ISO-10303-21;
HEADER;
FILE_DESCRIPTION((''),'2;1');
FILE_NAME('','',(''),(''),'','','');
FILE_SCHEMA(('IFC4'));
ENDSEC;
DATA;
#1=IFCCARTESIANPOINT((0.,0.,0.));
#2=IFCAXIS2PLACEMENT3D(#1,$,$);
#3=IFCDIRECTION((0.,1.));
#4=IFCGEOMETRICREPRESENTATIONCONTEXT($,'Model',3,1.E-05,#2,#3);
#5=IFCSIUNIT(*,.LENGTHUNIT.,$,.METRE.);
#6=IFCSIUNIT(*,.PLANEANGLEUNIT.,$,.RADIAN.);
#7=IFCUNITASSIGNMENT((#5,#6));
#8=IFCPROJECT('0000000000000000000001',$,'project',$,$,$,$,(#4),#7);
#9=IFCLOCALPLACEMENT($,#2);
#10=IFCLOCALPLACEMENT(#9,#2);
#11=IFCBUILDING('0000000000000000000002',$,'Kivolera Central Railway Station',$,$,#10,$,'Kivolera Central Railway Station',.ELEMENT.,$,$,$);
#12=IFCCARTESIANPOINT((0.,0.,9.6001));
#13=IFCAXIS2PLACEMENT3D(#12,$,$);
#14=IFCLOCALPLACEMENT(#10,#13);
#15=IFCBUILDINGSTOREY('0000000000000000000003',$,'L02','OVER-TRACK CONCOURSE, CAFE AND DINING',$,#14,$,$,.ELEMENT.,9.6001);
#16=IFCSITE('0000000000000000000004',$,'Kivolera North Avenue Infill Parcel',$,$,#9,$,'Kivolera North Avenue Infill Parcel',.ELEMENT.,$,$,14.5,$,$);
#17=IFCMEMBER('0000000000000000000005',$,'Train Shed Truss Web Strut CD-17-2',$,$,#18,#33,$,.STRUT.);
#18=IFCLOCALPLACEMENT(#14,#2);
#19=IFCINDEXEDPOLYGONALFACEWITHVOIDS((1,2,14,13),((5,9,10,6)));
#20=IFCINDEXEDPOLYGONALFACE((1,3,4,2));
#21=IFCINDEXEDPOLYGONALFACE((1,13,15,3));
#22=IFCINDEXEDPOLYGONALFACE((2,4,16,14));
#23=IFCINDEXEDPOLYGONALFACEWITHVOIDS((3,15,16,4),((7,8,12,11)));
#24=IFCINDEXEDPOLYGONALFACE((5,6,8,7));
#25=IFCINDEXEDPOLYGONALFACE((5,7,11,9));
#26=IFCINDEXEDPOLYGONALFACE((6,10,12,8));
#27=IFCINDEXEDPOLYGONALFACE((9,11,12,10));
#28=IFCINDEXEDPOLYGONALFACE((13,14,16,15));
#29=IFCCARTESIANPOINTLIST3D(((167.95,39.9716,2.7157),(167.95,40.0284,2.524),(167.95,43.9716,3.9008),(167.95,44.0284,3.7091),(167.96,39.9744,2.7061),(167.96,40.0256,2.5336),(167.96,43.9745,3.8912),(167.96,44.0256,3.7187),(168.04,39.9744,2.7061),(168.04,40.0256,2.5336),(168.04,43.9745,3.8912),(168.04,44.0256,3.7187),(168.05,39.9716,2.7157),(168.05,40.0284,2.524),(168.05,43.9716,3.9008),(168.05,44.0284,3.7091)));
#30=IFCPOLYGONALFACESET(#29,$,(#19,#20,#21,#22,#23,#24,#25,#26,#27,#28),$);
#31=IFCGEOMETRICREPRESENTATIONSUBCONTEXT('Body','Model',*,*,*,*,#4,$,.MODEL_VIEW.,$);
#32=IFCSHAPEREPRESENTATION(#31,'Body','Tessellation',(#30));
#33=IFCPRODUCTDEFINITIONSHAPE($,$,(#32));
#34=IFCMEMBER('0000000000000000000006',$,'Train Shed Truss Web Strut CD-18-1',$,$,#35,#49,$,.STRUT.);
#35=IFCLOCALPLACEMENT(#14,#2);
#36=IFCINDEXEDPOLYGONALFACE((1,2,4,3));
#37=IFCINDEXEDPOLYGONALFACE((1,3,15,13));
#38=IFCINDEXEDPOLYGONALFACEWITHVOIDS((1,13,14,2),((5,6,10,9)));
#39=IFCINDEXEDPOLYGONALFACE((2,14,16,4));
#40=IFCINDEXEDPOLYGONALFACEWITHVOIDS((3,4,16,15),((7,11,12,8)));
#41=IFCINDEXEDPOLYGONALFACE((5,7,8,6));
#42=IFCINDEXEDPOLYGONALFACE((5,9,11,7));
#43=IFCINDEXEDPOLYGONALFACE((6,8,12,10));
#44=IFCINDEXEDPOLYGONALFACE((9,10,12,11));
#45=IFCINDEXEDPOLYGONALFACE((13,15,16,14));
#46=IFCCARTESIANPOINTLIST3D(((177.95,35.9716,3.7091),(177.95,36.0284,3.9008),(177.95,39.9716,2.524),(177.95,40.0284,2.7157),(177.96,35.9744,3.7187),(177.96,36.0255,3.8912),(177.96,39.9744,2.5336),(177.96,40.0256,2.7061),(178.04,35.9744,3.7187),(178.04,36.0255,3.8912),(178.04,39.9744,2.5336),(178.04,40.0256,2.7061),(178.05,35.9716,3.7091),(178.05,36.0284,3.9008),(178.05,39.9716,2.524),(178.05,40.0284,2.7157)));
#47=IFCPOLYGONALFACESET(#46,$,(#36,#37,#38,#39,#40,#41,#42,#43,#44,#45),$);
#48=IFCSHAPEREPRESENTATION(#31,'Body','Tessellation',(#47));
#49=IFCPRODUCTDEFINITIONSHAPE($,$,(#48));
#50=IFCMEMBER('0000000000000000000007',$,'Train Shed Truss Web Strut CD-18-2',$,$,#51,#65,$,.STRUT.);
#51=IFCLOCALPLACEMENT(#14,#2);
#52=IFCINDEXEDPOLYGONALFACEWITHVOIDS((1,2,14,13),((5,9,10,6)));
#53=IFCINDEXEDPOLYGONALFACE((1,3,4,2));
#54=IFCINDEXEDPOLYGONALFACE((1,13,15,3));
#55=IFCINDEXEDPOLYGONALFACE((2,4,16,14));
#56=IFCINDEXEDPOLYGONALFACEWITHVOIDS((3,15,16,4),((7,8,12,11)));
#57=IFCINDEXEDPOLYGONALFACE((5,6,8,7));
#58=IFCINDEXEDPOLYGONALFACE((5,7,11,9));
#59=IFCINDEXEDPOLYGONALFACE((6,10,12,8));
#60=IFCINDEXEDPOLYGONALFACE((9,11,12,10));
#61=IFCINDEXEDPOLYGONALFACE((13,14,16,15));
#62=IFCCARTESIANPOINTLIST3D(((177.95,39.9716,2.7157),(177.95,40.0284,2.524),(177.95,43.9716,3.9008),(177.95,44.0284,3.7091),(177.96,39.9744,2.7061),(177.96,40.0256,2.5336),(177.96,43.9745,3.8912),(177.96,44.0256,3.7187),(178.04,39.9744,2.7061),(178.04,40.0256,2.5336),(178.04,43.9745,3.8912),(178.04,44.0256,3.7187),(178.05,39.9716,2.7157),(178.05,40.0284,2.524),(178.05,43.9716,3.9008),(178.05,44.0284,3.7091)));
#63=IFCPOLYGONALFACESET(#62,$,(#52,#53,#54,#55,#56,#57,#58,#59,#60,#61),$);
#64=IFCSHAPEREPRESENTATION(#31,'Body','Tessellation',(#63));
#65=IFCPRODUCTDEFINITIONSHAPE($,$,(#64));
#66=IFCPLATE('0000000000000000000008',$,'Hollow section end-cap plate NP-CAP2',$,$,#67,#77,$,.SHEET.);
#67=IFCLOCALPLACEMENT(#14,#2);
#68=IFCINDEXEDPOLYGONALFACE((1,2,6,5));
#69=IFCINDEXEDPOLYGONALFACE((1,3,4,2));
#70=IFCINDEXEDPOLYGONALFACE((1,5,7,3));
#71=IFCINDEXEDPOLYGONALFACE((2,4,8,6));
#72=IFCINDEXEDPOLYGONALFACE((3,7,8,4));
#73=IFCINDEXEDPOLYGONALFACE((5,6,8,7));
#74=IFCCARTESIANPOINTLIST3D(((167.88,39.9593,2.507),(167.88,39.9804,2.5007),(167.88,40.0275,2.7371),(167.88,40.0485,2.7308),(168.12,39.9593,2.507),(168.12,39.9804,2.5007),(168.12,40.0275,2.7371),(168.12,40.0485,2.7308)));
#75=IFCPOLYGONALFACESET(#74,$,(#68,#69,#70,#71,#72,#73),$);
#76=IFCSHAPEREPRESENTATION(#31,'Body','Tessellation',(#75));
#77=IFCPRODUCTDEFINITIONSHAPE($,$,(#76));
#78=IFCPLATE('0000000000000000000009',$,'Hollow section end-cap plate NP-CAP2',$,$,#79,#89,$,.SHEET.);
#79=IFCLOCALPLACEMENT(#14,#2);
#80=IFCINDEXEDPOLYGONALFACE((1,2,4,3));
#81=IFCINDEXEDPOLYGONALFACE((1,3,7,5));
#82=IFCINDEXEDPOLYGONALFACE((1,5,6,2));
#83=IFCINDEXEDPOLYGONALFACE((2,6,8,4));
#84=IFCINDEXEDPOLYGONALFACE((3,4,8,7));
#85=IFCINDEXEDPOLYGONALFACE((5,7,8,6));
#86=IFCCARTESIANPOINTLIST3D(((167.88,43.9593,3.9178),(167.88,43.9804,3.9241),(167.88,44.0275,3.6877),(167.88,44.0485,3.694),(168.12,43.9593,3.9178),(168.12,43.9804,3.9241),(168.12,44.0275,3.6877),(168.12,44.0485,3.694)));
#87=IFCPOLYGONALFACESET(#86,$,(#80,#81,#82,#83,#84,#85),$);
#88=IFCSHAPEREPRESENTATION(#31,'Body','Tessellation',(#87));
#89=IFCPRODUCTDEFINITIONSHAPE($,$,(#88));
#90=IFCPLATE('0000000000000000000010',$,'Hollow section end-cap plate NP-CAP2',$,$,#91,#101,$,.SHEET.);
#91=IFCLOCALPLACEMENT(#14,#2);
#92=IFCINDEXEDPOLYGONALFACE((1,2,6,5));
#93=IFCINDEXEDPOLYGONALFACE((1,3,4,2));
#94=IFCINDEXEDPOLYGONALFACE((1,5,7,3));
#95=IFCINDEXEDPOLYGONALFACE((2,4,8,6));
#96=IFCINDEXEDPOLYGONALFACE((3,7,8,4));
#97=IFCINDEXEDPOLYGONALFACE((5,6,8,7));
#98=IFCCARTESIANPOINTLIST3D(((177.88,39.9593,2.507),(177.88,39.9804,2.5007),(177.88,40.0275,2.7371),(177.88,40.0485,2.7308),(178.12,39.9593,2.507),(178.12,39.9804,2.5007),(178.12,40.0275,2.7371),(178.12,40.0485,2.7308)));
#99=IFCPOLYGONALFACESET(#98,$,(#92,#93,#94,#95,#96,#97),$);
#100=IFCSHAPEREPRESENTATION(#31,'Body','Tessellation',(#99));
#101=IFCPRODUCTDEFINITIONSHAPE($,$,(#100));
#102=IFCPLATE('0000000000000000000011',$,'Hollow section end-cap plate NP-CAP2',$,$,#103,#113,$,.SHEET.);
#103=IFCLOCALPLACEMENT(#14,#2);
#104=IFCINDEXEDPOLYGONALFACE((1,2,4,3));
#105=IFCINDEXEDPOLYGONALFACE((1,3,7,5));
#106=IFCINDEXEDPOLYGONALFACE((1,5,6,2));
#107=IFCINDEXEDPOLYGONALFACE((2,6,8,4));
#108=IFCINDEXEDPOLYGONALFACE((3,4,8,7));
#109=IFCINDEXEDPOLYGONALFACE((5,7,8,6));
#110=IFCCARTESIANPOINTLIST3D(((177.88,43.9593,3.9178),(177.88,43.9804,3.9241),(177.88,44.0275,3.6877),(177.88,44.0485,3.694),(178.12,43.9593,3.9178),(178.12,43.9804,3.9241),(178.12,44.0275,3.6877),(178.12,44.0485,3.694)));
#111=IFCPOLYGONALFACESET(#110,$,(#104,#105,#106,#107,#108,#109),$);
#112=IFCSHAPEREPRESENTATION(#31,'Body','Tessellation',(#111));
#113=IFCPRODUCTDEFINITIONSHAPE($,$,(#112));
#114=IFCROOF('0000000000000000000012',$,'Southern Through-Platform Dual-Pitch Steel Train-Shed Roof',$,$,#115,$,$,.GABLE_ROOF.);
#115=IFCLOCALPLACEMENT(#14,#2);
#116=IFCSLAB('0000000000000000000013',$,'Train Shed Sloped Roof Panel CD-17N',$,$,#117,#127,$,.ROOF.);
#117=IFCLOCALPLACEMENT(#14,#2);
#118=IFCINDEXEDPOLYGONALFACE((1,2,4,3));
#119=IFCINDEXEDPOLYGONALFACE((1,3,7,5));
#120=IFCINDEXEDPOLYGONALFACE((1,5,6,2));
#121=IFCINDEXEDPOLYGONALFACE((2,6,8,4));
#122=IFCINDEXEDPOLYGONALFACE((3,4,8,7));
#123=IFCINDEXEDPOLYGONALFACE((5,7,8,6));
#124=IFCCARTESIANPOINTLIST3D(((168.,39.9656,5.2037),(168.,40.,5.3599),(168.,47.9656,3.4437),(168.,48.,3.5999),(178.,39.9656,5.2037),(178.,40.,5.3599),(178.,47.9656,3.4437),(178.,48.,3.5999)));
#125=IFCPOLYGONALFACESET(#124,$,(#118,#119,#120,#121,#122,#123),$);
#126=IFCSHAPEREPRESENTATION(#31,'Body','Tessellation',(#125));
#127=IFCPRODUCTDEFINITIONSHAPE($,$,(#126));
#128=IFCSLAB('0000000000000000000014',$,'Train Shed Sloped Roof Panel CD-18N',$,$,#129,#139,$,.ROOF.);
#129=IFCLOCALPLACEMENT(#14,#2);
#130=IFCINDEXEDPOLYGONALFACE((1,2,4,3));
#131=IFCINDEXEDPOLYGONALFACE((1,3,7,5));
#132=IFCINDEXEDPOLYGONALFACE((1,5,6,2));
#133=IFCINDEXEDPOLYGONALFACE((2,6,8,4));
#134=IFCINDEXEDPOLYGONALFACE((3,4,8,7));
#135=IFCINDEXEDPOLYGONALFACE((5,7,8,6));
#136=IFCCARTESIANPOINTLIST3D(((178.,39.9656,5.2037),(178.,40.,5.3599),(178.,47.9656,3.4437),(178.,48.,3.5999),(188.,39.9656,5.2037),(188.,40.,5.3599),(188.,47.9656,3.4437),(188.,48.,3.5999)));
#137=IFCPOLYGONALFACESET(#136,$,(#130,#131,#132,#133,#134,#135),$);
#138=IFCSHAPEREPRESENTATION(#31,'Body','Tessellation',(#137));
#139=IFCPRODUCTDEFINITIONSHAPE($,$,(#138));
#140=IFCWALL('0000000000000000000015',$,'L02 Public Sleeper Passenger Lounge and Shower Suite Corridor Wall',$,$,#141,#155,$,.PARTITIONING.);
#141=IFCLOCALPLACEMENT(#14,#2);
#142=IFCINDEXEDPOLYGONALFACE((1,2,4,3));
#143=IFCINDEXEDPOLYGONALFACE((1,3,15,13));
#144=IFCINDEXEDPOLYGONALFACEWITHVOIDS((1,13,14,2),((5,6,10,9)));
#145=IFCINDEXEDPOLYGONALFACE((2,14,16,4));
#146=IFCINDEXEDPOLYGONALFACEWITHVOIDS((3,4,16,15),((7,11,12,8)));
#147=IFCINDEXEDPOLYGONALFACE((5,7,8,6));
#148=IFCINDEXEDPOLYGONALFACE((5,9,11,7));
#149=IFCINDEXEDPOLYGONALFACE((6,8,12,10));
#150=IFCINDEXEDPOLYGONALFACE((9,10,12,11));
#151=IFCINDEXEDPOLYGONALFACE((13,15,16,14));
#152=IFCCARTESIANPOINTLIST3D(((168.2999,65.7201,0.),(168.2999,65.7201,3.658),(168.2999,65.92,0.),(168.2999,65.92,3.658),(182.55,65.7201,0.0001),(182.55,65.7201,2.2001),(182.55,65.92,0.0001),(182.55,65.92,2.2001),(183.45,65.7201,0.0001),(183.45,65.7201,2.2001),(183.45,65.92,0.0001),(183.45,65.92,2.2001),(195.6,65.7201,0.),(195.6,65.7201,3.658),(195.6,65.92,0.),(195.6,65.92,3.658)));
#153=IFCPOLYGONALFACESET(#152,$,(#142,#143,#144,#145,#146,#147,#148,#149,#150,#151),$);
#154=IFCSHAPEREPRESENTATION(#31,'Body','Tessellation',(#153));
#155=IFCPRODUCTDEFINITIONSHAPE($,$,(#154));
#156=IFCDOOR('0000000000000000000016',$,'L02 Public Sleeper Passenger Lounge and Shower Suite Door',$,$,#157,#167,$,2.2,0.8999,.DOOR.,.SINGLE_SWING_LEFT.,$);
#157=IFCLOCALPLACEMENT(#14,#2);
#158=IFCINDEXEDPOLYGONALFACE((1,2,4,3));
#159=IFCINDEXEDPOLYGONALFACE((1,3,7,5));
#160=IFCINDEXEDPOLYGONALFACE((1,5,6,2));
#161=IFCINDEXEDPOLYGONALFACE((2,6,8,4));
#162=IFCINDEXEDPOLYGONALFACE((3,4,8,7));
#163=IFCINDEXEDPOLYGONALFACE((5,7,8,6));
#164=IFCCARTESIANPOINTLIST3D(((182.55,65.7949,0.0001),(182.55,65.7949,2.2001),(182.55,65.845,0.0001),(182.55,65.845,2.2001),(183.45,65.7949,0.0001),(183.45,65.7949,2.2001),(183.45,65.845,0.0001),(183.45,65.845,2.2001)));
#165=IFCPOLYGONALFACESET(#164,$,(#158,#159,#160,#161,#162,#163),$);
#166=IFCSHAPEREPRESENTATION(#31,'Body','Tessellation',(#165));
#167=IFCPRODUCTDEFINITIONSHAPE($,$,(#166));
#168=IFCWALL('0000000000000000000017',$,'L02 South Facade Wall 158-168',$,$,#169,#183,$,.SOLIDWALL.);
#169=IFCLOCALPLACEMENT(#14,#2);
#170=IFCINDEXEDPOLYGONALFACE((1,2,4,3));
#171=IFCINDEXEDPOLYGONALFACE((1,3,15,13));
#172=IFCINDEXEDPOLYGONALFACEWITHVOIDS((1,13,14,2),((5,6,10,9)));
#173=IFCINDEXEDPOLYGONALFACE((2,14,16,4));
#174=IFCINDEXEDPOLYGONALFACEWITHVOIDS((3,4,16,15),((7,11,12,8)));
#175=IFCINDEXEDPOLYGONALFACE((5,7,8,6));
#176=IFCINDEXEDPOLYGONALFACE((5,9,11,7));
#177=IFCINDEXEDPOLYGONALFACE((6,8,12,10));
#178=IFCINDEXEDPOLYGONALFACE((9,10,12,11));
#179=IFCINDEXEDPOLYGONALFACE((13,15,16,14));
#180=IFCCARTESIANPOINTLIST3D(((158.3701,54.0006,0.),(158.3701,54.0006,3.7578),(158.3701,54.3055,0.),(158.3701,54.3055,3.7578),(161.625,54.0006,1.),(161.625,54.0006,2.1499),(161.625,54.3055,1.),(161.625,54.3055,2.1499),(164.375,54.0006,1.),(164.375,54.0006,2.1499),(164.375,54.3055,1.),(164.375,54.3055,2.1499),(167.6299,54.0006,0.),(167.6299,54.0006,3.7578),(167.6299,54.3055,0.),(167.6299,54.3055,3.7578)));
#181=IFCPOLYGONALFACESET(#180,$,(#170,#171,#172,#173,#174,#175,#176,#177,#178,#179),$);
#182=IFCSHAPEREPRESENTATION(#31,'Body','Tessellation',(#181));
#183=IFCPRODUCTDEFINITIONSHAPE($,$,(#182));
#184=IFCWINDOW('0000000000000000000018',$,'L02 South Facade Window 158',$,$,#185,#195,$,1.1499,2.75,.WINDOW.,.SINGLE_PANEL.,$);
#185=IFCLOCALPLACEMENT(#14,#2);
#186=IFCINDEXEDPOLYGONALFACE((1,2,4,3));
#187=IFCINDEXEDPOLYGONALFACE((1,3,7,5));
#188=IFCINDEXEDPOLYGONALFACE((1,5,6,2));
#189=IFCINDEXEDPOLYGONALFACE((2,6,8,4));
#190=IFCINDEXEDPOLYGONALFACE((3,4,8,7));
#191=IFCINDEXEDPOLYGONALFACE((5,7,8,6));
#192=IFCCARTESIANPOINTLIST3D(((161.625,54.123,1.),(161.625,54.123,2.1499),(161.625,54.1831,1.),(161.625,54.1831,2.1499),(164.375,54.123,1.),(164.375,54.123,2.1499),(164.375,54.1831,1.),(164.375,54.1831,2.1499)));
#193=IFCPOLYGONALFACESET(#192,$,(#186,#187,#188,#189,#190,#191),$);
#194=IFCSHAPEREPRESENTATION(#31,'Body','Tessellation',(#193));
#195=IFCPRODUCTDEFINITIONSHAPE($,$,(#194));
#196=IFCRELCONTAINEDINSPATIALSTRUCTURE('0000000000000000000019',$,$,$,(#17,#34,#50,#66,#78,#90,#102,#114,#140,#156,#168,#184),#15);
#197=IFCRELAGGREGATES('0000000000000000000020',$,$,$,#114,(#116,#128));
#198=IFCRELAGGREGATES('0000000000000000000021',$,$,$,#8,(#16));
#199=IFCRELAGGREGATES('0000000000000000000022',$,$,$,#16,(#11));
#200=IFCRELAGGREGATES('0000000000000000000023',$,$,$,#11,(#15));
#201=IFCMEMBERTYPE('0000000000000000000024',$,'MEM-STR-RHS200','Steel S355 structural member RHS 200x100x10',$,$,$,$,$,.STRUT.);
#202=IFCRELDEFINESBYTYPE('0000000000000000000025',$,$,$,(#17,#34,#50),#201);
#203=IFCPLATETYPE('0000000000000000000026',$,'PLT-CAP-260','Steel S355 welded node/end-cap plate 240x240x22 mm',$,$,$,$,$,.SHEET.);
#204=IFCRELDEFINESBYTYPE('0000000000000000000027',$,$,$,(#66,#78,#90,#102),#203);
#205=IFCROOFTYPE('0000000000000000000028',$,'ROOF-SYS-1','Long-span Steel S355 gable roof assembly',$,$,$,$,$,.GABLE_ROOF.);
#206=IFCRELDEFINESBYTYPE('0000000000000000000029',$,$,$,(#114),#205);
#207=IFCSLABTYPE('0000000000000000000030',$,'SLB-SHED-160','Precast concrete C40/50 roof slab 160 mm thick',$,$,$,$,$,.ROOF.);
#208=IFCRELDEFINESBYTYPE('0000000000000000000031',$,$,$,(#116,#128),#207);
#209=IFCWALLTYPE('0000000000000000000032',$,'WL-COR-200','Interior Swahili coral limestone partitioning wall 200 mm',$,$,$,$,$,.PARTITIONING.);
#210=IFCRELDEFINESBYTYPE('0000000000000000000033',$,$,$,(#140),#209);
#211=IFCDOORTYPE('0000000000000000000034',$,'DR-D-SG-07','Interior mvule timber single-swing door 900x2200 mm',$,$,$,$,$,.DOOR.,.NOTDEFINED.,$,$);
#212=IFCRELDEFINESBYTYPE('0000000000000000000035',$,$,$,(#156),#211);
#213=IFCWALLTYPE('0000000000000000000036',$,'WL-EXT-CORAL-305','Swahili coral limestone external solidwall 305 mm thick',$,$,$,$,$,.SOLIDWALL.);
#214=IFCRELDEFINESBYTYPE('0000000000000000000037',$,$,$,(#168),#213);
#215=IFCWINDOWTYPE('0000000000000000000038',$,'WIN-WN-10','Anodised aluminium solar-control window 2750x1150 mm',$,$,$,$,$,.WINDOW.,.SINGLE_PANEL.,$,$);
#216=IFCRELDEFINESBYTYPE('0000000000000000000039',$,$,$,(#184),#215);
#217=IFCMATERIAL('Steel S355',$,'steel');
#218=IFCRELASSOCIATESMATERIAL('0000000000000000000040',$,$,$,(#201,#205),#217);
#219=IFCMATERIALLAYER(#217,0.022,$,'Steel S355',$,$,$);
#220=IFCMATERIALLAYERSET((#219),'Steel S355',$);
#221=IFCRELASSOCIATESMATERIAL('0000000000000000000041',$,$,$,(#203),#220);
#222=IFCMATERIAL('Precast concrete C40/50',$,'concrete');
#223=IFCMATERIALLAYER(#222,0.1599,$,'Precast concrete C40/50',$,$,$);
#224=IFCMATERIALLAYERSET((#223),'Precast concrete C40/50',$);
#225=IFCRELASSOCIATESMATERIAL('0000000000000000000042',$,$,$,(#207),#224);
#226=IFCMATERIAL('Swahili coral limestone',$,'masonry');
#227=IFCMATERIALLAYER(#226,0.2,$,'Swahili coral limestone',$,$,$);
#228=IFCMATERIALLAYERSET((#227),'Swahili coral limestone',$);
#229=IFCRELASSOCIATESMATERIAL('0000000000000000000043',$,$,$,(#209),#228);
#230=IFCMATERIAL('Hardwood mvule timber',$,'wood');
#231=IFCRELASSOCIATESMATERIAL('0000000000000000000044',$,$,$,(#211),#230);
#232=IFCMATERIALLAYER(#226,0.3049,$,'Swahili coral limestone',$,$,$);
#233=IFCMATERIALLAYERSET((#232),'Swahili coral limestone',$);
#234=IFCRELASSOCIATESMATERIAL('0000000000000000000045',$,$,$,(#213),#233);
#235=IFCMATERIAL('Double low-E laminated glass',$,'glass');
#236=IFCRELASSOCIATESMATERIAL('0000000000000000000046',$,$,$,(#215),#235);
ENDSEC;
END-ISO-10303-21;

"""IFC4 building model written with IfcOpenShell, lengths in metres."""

from ifc_helpers import new_model, si_unit, direction, frame, frame_2d, origin, origin_2d, place, context, subcontext, project, spatial, polyline, rectangle, hollow_rectangle, outline, extrude, material, layer, layer_set, material_profile, profile_set, type_object, element, fill, aggregate, save


model = new_model("IFC4")

# Units and contexts
model_context = context("Model", 3, precision=1e-05, world=origin(), true_north=direction((0.0, 1.0)))
body_context = subcontext(model_context, "Body", "Model", "MODEL_VIEW")
ifc_project = project(units=[si_unit("LENGTHUNIT", "METRE"), si_unit("PLANEANGLEUNIT", "RADIAN")], contexts=[model_context])

# Site, building, storey
site_placement = place(None, origin())
site = spatial("IfcSite", under=ifc_project, at=site_placement, Name="Kivolera North Avenue Infill Parcel", LongName="Kivolera North Avenue Infill Parcel", CompositionType="ELEMENT", RefElevation=14.5)
building_placement = place(site_placement, origin())
building = spatial("IfcBuilding", under=site, at=building_placement, Name="Kivolera Central Railway Station", LongName="Kivolera Central Railway Station", CompositionType="ELEMENT")
storey_placement = place(building_placement, frame((0.0, 0.0, 9.6001)))
storey = spatial("IfcBuildingStorey", under=building, at=storey_placement, Name="L02", Description="OVER-TRACK CONCOURSE, CAFE AND DINING", CompositionType="ELEMENT", Elevation=9.6001)

# Shared definitions
ifc_material_1 = material(Name="Steel S355", Category="steel")

# Members
ifc_material_profile_1 = material_profile(ifc_material_1, hollow_rectangle(XDim=0.1001, YDim=0.2, WallThickness=0.01, at=origin_2d()), Name="RHS 200x100x10")
ifc_profile_set_1 = profile_set([ifc_material_profile_1], Name="Steel S355")
member_type_1 = type_object("IfcMemberType", Name="MEM-STR-RHS200", Description="Steel S355 structural member RHS 200x100x10", PredefinedType="STRUT", material=ifc_profile_set_1)
for number, where, z_axis, x_axis, name in (
    (1, (168.0, 40.0, 2.6199), (0.0, 0.958806, 0.28406), (-1.0, 0.0, 0.0), "Train Shed Truss Web Strut CD-17-2"),
    (2, (178.0, 40.0, 2.6199), (0.0, -0.958806, 0.28406), (1.0, 0.0, 0.0), "Train Shed Truss Web Strut CD-18-1"),
    (3, (178.0, 40.0, 2.6199), (0.0, 0.958806, 0.28406), (-1.0, 0.0, 0.0), "Train Shed Truss Web Strut CD-18-2"),
):
    element("IfcMember", number, at=place(storey_placement, frame(where, z_axis=z_axis, x_axis=x_axis)), inside=storey, type_object=member_type_1, Name=name, PredefinedType="STRUT", context=body_context, shape_type="SweptSolid", body=[
        extrude(hollow_rectangle(XDim=0.1001, YDim=0.2, WallThickness=0.01, at=origin_2d()), origin(), (0.0, 0.0, 1.0), 4.1719),
    ])

# Plates
ifc_layer_1 = layer(ifc_material_1, 0.022, Name="Steel S355")
ifc_layer_set_1 = layer_set([ifc_layer_1], Name="Steel S355")
plate_type = type_object("IfcPlateType", Name="PLT-CAP-260", Description="Steel S355 welded node/end-cap plate 240x240x22 mm", PredefinedType="SHEET", material=ifc_layer_set_1)
for number, where, z_axis, x_axis, name in (
    (4, (168.0, 40.0039, 2.6189), (0.0, -0.95881, 0.284048), (1.0, 0.0, 0.0), "Hollow section end-cap plate NP-CAP2"),
    (5, (168.0, 44.0039, 3.8059), (0.0, 0.95881, 0.284048), (-1.0, 0.0, 0.0), "Hollow section end-cap plate NP-CAP2"),
    (6, (178.0, 40.0039, 2.6189), (0.0, -0.95881, 0.284048), (1.0, 0.0, 0.0), "Hollow section end-cap plate NP-CAP2"),
    (7, (178.0, 44.0039, 3.8059), (0.0, 0.95881, 0.284048), (-1.0, 0.0, 0.0), "Hollow section end-cap plate NP-CAP2"),
):
    element("IfcPlate", number, at=place(storey_placement, frame(where, z_axis=z_axis, x_axis=x_axis)), inside=storey, type_object=plate_type, Name=name, PredefinedType="SHEET", context=body_context, shape_type="SweptSolid", body=[
        extrude(rectangle(XDim=0.24, YDim=0.24, at=origin_2d()), frame((0.0, 0.0, -0.011)), (0.0, 0.0, 1.0), 0.022),
    ])

# Roof, slabs
roof_type = type_object("IfcRoofType", Name="ROOF-SYS-1", Description="Long-span Steel S355 gable roof assembly", PredefinedType="GABLE_ROOF", material=ifc_material_1)
roof_placement = place(storey_placement, origin())
roof = element("IfcRoof", 8, at=roof_placement, inside=storey, type_object=roof_type, Name="Southern Through-Platform Dual-Pitch Steel Train-Shed Roof", PredefinedType="GABLE_ROOF")
ifc_material_2 = material(Name="Precast concrete C40/50", Category="concrete")
ifc_layer_2 = layer(ifc_material_2, 0.1599, Name="Precast concrete C40/50")
ifc_layer_set_2 = layer_set([ifc_layer_2], Name="Precast concrete C40/50")
slab_type = type_object("IfcSlabType", Name="SLB-SHED-160", Description="Precast concrete C40/50 roof slab 160 mm thick", PredefinedType="ROOF", material=ifc_layer_set_2)
slab_1_placement = place(storey_placement, frame((168.0, 40.0, 5.3599), z_axis=(0.0, 0.214863, 0.976644), x_axis=(1.0, 0.0, 0.0)))
slab_1 = element("IfcSlab", 9, at=slab_1_placement, type_object=slab_type, Name="Train Shed Sloped Roof Panel CD-17N", PredefinedType="ROOF", context=body_context, shape_type="SweptSolid", body=[
    extrude(outline(polyline([(0.0, 0.0), (10.0, 0.0), (10.0, 8.1913), (0.0, 8.1913), (0.0, 0.0)])), origin(), (0.0, 0.0, -1.0), 0.1599),
])
slab_2_placement = place(storey_placement, frame((178.0, 40.0, 5.3599), z_axis=(0.0, 0.214863, 0.976644), x_axis=(1.0, 0.0, 0.0)))
slab_2 = element("IfcSlab", 10, at=slab_2_placement, type_object=slab_type, Name="Train Shed Sloped Roof Panel CD-18N", PredefinedType="ROOF", context=body_context, shape_type="SweptSolid", body=[
    extrude(outline(polyline([(0.0, 0.0), (10.0, 0.0), (10.0, 8.1913), (0.0, 8.1913), (0.0, 0.0)])), origin(), (0.0, 0.0, -1.0), 0.1599),
])
aggregate(roof, [slab_1, slab_2])

# Wall, opening, door
ifc_material_3 = material(Name="Swahili coral limestone", Category="masonry")
ifc_layer_3 = layer(ifc_material_3, 0.2, Name="Swahili coral limestone")
ifc_layer_set_3 = layer_set([ifc_layer_3], Name="Swahili coral limestone")
wall_type_1 = type_object("IfcWallType", Name="WL-COR-200", Description="Interior Swahili coral limestone partitioning wall 200 mm", PredefinedType="PARTITIONING", material=ifc_layer_set_3)
wall_1_placement = place(storey_placement, frame((168.3, 65.8201, 0.0), z_axis=(0.0, 0.0, 1.0), x_axis=(1.0, 0.0, 0.0)))
wall_1 = element("IfcWall", 11, at=wall_1_placement, inside=storey, type_object=wall_type_1, Name="L02 Public Sleeper Passenger Lounge and Shower Suite Corridor Wall", PredefinedType="PARTITIONING", context=body_context, shape_type="SweptSolid", body=[
    extrude(rectangle(XDim=27.3, YDim=0.2, at=frame_2d((13.6499, 0.0))), origin(), (0.0, 0.0, 1.0), 3.658),
])
opening_1_placement = place(wall_1_placement, frame((14.25, 0.0, 0.0)))
opening_1 = element("IfcOpeningElement", 12, at=opening_1_placement, cuts=wall_1, PredefinedType="OPENING", context=body_context, shape_type="SweptSolid", body=[
    extrude(rectangle(XDim=0.8999, YDim=2.2, at=frame_2d((0.45, 1.1001))), frame((0.0, 0.1099, 0.0), z_axis=(0.0, -1.0, 0.0), x_axis=(1.0, 0.0, 0.0)), (0.0, 0.0, 1.0), 0.22),
])
ifc_material_4 = material(Name="Hardwood mvule timber", Category="wood")
door_type = type_object("IfcDoorType", Name="DR-D-SG-07", Description="Interior mvule timber single-swing door 900x2200 mm", OperationType="NOTDEFINED", PredefinedType="DOOR", material=ifc_material_4)
door_placement = place(opening_1_placement, origin())
door = element("IfcDoor", 13, at=door_placement, inside=storey, type_object=door_type, Name="L02 Public Sleeper Passenger Lounge and Shower Suite Door", OperationType="SINGLE_SWING_LEFT", OverallHeight=2.2, OverallWidth=0.8999, PredefinedType="DOOR", context=body_context, shape_type="SweptSolid", body=[
    extrude(rectangle(XDim=0.8999, YDim=2.2, at=frame_2d((0.45, 1.1001))), frame((0.0, 0.0249, 0.0), z_axis=(0.0, -1.0, 0.0), x_axis=(1.0, 0.0, 0.0)), (0.0, 0.0, 1.0), 0.05),
])
fill(opening_1, door)

# Wall, opening, window
ifc_layer_4 = layer(ifc_material_3, 0.3049, Name="Swahili coral limestone")
ifc_layer_set_4 = layer_set([ifc_layer_4], Name="Swahili coral limestone")
wall_type_2 = type_object("IfcWallType", Name="WL-EXT-CORAL-305", Description="Swahili coral limestone external solidwall 305 mm thick", PredefinedType="SOLIDWALL", material=ifc_layer_set_4)
wall_2_placement = place(storey_placement, frame((167.6299, 54.1531, 0.0), z_axis=(0.0, 0.0, 1.0), x_axis=(-1.0, 0.0, 0.0)))
wall_2 = element("IfcWall", 14, at=wall_2_placement, inside=storey, type_object=wall_type_2, Name="L02 South Facade Wall 158-168", PredefinedType="SOLIDWALL", context=body_context, shape_type="SweptSolid", body=[
    extrude(rectangle(XDim=9.2598, YDim=0.3049, at=frame_2d((4.6299, 0.0))), origin(), (0.0, 0.0, 1.0), 3.7578),
])
opening_2_placement = place(wall_2_placement, frame((3.2549, 0.0, 1.0)))
opening_2 = element("IfcOpeningElement", 15, at=opening_2_placement, cuts=wall_2, PredefinedType="OPENING", context=body_context, shape_type="SweptSolid", body=[
    extrude(rectangle(XDim=2.75, YDim=1.1499, at=frame_2d((1.375, 0.575))), frame((0.0, 0.1624, 0.0), z_axis=(0.0, -1.0, 0.0), x_axis=(1.0, 0.0, 0.0)), (0.0, 0.0, 1.0), 0.325),
])
ifc_material_5 = material(Name="Double low-E laminated glass", Category="glass")
window_type_1 = type_object("IfcWindowType", Name="WIN-WN-10", Description="Anodised aluminium solar-control window 2750x1150 mm", PartitioningType="SINGLE_PANEL", PredefinedType="WINDOW", material=ifc_material_5)
window_1_placement = place(opening_2_placement, origin())
window_1 = element("IfcWindow", 16, at=window_1_placement, inside=storey, type_object=window_type_1, Name="L02 South Facade Window 158", OverallHeight=1.1499, OverallWidth=2.75, PartitioningType="SINGLE_PANEL", PredefinedType="WINDOW", context=body_context, shape_type="SweptSolid", body=[
    extrude(rectangle(XDim=2.75, YDim=1.1499, at=frame_2d((1.375, 0.575))), frame((0.0, 0.03, 0.0), z_axis=(0.0, -1.0, 0.0), x_axis=(1.0, 0.0, 0.0)), (0.0, 0.0, 1.0), 0.0601),
])
fill(opening_2, window_1)

save(model, "model.ifc")
